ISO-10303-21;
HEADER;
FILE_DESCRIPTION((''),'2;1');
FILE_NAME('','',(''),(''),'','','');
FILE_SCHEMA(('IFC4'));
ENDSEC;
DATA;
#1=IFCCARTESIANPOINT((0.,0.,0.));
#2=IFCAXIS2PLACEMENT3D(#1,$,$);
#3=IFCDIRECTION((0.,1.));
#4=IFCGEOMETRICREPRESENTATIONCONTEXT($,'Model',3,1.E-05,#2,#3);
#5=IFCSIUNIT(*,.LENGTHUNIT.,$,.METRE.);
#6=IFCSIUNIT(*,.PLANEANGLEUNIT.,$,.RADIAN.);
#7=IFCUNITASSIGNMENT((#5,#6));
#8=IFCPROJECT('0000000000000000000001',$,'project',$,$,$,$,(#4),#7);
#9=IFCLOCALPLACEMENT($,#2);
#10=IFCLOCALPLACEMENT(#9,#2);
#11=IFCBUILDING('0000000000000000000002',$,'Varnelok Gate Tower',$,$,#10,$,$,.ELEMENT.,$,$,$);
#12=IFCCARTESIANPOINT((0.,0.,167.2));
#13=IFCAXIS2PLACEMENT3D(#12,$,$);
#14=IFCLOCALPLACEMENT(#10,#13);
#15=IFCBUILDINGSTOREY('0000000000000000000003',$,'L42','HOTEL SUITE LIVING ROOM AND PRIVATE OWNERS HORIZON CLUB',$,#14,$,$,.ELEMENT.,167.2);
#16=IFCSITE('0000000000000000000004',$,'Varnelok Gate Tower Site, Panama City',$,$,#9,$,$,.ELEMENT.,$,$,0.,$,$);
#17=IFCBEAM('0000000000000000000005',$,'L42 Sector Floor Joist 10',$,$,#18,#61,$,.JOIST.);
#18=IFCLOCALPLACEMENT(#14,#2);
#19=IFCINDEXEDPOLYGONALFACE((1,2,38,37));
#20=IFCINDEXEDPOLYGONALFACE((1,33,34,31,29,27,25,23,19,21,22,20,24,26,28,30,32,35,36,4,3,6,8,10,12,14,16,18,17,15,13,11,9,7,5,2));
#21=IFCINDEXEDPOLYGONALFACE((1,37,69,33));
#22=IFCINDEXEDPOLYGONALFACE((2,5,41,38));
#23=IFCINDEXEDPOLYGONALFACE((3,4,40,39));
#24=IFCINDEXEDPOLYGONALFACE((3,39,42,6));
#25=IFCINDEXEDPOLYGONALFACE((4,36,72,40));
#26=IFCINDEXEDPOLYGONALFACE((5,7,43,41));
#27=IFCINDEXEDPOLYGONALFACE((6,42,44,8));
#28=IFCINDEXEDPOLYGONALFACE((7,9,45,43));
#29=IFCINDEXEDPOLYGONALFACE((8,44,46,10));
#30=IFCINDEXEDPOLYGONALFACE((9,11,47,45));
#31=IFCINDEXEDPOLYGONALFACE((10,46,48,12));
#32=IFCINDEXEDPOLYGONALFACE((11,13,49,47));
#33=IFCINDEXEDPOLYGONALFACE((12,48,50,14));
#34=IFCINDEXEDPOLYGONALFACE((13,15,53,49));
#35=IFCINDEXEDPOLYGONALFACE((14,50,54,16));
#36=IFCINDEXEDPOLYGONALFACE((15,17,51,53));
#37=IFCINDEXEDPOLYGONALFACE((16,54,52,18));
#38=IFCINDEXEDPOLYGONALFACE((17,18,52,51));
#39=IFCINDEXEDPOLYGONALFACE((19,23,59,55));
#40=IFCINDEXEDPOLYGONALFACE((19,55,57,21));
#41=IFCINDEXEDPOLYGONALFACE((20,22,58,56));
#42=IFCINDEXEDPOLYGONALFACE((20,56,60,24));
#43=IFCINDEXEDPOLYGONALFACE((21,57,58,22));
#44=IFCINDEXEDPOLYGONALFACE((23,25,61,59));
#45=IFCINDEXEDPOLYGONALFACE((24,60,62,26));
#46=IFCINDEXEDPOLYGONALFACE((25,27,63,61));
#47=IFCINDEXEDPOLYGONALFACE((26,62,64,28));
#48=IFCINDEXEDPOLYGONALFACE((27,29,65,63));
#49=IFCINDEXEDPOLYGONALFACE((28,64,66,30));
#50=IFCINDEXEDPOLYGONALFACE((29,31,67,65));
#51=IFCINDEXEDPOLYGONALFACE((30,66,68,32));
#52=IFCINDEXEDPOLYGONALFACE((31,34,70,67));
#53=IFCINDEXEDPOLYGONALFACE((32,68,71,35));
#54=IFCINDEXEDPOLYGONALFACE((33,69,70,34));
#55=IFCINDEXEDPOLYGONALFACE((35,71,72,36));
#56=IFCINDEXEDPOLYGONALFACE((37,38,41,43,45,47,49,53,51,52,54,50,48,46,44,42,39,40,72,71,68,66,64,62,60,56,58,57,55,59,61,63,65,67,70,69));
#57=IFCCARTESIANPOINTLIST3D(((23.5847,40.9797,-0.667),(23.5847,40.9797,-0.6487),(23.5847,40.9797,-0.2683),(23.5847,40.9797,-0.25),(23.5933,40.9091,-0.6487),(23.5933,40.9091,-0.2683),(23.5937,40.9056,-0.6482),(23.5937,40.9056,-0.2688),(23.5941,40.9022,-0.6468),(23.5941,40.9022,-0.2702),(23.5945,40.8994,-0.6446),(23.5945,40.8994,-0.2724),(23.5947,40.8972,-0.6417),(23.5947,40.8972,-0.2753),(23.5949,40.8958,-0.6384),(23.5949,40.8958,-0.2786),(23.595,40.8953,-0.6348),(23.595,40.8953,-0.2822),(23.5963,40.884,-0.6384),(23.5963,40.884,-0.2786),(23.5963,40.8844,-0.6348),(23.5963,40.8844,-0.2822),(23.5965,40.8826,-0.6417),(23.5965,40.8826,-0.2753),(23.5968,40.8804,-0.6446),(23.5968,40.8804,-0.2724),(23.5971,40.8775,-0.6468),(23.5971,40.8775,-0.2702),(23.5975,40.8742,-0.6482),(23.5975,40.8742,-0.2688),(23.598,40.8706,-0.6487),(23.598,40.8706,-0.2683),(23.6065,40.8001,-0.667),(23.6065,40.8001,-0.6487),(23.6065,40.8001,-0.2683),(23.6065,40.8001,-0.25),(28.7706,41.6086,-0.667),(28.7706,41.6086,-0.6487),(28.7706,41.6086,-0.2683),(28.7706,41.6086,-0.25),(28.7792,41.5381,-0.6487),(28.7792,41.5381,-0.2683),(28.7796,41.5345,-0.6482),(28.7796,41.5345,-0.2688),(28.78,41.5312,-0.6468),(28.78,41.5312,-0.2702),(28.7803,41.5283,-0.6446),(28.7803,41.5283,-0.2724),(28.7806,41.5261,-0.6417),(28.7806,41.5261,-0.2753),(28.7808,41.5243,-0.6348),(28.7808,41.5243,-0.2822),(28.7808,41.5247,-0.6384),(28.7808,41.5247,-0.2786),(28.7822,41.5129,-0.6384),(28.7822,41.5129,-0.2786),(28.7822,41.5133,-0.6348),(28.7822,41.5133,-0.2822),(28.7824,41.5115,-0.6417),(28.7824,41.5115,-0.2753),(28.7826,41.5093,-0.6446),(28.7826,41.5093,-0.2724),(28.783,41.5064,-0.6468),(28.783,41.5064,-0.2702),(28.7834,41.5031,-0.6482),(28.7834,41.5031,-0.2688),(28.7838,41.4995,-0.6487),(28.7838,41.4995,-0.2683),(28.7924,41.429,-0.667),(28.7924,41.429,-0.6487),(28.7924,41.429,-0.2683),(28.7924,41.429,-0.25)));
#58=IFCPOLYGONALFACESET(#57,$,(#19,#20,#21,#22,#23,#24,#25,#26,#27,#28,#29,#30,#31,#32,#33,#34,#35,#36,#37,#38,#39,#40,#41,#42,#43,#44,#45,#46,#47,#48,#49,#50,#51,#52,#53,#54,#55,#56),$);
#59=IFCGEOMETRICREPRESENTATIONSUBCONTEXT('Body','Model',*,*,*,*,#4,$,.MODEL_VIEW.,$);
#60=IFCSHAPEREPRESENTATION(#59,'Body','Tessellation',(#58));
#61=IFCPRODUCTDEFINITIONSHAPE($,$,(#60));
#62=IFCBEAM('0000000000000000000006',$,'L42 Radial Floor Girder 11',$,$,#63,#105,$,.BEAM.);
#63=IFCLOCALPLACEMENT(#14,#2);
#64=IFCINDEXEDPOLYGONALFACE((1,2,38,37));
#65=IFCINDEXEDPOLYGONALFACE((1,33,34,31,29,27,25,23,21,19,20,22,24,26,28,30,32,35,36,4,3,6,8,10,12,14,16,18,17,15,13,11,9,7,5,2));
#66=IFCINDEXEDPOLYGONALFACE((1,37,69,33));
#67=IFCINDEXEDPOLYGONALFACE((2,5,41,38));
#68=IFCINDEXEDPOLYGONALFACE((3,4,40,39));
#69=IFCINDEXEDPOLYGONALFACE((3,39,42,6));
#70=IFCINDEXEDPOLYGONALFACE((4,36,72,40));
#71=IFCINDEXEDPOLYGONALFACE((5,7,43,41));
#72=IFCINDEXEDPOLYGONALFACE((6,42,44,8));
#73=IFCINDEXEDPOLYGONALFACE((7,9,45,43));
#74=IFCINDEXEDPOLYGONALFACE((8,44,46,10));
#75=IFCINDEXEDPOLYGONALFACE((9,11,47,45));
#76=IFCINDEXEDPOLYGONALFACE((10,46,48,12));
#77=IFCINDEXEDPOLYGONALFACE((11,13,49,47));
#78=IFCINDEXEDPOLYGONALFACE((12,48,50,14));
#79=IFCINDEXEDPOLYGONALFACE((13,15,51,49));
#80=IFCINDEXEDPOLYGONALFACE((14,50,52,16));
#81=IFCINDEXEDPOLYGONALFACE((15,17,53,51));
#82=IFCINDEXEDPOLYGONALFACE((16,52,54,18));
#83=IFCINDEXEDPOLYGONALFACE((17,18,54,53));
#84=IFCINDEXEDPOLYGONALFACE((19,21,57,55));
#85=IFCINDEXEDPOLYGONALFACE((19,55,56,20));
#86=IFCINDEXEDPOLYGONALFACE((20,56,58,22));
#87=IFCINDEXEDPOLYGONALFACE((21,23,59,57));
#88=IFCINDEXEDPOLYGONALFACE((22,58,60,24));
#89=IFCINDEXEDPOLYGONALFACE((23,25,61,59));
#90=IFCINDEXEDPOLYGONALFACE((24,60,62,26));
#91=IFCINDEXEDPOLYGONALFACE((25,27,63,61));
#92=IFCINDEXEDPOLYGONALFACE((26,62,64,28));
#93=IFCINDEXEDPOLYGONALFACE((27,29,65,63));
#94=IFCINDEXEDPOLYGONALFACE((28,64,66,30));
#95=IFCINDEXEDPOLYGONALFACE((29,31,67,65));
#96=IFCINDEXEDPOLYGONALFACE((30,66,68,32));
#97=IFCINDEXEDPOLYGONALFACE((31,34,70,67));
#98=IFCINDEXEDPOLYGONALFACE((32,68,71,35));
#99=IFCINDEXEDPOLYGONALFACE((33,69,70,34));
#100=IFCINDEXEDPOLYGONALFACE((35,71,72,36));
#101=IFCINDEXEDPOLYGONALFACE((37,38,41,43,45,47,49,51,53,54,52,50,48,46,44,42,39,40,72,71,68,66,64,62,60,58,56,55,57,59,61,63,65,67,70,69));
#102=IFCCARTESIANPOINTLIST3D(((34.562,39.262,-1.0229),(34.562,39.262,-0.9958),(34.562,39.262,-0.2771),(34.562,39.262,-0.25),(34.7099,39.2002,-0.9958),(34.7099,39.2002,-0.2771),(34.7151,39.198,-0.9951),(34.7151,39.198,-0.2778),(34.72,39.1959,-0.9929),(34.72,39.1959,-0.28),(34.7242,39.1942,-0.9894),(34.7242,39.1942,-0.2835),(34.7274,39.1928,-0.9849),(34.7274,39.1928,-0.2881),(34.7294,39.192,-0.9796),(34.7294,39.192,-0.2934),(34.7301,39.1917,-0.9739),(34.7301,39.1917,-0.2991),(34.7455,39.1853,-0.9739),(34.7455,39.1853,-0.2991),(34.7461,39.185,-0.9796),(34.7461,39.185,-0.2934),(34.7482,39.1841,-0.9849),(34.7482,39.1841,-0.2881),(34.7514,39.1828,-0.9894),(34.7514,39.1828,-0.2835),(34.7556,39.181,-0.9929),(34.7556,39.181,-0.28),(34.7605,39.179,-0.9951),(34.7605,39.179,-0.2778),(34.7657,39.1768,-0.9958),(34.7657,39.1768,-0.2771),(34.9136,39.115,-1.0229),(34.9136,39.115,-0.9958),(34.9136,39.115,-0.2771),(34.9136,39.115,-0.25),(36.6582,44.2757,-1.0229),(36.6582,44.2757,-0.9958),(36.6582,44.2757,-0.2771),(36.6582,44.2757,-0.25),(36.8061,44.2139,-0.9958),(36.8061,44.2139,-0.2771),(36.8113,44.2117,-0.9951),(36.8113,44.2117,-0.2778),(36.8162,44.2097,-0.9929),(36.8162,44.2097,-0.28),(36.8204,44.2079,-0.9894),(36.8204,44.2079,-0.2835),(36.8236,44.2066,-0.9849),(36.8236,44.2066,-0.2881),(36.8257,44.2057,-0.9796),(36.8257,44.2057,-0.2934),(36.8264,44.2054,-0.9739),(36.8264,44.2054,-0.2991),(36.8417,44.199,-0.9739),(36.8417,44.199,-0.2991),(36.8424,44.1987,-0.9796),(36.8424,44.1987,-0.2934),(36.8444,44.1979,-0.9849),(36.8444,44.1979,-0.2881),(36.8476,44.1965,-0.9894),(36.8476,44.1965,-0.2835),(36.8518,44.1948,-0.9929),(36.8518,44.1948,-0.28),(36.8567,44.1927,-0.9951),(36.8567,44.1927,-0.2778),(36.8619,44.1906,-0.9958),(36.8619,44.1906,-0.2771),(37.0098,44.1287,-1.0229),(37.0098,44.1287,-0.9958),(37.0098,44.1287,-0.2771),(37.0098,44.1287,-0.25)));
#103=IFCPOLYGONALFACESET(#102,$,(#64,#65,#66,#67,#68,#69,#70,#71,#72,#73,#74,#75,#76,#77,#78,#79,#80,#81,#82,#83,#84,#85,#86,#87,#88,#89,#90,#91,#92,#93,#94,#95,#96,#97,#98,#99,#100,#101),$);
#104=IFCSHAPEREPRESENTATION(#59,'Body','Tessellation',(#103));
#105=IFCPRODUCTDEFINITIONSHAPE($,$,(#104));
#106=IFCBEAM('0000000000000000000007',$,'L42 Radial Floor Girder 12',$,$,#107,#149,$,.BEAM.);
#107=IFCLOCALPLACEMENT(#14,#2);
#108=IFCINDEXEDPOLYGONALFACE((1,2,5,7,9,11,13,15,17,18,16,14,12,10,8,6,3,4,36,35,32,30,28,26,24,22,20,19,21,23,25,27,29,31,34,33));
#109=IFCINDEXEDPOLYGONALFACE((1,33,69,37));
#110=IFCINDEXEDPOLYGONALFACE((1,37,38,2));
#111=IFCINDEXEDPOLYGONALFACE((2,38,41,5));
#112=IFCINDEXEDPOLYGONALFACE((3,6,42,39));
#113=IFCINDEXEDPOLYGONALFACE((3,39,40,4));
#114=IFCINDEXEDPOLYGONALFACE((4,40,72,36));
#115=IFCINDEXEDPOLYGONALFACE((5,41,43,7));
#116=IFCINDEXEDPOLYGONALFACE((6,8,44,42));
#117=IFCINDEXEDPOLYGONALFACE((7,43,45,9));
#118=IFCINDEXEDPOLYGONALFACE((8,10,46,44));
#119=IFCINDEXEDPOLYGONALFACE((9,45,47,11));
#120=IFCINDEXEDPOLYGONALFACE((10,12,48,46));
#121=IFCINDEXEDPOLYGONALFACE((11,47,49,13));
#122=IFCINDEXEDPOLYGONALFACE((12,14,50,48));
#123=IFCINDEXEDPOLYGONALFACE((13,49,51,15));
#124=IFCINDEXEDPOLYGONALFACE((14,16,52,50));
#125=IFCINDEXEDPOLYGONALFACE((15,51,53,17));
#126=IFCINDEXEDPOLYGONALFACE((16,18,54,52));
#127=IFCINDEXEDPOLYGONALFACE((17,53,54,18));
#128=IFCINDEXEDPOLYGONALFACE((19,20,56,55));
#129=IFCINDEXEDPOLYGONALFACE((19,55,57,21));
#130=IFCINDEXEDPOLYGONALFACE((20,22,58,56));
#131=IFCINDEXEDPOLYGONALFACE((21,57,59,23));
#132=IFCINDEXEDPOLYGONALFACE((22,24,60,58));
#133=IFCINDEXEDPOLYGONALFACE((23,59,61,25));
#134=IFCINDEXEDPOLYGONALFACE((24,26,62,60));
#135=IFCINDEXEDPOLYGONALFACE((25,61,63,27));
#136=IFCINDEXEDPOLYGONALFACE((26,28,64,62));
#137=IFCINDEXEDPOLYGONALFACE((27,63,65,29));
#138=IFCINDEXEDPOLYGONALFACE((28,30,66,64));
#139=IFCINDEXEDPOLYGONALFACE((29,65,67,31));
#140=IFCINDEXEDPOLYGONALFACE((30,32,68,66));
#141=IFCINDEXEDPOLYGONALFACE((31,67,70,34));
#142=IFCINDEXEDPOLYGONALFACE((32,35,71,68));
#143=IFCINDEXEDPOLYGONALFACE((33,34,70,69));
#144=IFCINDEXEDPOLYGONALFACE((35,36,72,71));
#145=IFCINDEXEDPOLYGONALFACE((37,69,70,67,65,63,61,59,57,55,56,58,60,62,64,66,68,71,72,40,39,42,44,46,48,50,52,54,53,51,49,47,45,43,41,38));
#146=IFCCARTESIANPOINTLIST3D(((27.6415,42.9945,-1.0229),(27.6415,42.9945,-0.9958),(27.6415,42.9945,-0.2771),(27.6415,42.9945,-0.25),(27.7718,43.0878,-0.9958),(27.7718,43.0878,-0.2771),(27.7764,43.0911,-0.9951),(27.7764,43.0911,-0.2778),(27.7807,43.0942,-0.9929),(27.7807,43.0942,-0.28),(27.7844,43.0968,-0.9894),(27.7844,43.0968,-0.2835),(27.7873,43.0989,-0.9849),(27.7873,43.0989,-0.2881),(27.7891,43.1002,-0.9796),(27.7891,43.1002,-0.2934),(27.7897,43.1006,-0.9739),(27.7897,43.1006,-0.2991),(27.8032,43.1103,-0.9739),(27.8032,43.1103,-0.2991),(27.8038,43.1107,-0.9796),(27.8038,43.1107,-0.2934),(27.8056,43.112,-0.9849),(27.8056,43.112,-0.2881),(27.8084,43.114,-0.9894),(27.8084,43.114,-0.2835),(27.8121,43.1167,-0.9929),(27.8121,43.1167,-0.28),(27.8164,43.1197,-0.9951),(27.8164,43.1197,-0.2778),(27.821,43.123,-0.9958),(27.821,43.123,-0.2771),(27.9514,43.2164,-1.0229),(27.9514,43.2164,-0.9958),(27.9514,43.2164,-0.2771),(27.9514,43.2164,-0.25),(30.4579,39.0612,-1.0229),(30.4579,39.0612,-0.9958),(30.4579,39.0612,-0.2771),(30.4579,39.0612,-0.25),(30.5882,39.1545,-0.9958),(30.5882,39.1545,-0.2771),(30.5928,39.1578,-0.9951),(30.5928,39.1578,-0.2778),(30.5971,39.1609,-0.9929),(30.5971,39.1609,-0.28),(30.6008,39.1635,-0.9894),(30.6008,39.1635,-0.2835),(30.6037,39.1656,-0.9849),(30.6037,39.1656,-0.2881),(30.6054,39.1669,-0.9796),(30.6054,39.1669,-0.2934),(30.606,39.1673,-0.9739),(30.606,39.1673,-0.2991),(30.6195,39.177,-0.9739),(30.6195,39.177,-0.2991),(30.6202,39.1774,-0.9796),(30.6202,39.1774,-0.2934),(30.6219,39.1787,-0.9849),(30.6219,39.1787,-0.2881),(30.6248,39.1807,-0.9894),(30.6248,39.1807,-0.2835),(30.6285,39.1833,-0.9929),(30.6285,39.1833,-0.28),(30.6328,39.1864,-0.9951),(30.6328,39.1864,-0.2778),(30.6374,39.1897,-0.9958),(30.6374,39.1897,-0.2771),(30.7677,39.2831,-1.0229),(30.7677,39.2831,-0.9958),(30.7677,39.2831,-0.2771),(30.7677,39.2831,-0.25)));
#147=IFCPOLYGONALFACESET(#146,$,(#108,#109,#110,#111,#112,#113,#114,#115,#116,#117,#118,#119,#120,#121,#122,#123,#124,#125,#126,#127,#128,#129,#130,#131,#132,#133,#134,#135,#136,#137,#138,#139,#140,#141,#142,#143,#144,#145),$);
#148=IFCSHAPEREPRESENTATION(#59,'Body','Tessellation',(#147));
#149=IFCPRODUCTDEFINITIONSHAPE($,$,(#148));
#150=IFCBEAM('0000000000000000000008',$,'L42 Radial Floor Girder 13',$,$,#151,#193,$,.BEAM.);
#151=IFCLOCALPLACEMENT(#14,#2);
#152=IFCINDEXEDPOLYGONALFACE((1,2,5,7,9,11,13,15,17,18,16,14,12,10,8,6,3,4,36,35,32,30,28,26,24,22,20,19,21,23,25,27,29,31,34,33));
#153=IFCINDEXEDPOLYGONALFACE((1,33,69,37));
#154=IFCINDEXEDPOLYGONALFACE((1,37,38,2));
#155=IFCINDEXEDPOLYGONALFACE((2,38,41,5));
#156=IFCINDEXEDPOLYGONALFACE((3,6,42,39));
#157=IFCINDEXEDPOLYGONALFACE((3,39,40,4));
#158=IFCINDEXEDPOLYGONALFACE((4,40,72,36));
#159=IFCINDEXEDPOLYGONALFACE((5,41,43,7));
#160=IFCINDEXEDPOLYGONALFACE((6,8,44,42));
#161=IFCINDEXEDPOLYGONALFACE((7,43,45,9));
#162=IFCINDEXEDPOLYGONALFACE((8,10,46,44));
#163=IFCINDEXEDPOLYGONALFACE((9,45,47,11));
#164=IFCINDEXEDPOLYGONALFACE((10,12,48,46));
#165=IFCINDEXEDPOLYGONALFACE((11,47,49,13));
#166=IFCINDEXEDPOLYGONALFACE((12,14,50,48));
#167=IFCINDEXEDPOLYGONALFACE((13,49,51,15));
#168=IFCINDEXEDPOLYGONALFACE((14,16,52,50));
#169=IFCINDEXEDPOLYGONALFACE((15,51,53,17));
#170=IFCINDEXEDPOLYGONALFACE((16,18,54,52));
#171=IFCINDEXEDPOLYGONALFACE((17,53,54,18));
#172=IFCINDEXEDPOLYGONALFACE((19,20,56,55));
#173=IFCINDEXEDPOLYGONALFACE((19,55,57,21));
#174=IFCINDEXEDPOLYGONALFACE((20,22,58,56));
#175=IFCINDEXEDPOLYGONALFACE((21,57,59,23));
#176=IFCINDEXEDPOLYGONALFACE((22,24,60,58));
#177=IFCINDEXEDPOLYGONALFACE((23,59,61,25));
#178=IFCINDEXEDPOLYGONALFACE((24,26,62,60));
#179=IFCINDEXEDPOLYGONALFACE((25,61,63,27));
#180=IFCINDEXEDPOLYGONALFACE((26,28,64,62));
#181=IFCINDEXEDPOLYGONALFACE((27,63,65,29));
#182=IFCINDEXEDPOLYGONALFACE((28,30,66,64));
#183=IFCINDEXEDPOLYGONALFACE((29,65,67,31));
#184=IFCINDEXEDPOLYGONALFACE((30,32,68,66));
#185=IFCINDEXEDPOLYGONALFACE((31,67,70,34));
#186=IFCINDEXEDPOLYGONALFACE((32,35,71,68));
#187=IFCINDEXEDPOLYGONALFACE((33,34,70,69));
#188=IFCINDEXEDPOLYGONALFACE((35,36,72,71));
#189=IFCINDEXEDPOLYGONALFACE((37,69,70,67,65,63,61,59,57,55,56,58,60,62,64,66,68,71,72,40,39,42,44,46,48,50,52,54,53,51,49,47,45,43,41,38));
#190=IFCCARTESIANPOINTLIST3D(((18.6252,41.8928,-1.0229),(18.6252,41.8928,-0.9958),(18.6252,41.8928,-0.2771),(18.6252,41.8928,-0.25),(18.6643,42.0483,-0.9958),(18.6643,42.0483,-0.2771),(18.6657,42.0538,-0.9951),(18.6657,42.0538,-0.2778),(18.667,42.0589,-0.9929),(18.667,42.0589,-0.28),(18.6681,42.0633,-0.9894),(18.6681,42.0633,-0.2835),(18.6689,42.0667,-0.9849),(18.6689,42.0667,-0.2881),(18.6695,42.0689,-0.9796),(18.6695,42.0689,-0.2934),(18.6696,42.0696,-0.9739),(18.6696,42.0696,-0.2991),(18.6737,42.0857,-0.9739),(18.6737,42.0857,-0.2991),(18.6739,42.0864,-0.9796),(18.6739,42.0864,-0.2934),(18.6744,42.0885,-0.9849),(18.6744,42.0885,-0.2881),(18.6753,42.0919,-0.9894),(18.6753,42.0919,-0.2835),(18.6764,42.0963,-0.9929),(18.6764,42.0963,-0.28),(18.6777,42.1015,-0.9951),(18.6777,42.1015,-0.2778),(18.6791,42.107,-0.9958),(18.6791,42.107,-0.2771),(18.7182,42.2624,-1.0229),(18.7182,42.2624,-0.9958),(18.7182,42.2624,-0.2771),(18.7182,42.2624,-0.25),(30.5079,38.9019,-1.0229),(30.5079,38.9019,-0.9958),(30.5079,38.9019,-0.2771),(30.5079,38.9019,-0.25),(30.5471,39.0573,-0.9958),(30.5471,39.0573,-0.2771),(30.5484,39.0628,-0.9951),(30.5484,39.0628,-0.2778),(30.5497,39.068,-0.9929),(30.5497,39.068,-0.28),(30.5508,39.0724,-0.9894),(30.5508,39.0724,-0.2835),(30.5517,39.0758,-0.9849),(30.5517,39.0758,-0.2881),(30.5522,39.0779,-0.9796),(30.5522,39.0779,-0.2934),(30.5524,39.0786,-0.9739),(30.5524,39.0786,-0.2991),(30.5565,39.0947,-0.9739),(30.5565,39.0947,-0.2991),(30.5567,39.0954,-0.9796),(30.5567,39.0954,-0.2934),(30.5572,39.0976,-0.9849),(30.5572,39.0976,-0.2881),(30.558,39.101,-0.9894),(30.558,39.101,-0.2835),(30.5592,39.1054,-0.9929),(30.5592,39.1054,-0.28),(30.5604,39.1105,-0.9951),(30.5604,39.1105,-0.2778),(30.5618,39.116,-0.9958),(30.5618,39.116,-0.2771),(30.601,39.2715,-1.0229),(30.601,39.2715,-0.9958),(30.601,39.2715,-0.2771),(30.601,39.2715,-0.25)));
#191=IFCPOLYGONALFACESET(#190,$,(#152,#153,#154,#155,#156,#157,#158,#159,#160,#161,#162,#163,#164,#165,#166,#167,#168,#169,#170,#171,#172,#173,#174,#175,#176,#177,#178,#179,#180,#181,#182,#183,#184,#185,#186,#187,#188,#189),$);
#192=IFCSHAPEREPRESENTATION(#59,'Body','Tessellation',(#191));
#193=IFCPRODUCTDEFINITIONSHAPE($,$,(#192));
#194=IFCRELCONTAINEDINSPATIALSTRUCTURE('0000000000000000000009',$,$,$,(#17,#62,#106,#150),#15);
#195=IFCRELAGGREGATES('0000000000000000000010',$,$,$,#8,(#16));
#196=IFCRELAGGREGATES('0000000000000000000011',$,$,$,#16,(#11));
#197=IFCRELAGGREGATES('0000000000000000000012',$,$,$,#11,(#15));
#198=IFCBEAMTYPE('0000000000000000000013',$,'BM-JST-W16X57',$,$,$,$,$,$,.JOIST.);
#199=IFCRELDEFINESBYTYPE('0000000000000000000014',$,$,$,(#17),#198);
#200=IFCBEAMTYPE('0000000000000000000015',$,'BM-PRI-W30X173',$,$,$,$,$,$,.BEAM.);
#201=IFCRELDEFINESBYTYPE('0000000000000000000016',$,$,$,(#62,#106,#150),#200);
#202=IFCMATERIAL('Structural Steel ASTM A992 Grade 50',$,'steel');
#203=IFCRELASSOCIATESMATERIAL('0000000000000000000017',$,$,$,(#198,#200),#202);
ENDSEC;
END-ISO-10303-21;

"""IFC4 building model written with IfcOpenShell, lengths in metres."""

from ifc_helpers import new_model, si_unit, direction, frame, origin, origin_2d, place, context, subcontext, project, spatial, i_section, extrude, material, material_profile, profile_set, type_object, element, save


model = new_model("IFC4")

# Units and contexts
model_context = context("Model", 3, precision=1e-05, world=origin(), true_north=direction((0.0, 1.0)))
body_context = subcontext(model_context, "Body", "Model", "MODEL_VIEW")
ifc_project = project(units=[si_unit("LENGTHUNIT", "METRE"), si_unit("PLANEANGLEUNIT", "RADIAN")], contexts=[model_context])

# Site, building, storey
site_placement = place(None, origin())
site = spatial("IfcSite", under=ifc_project, at=site_placement, Name="Varnelok Gate Tower Site, Panama City", CompositionType="ELEMENT", RefElevation=0.0)
building_placement = place(site_placement, origin())
building = spatial("IfcBuilding", under=site, at=building_placement, Name="Varnelok Gate Tower", CompositionType="ELEMENT")
storey_placement = place(building_placement, frame((0.0, 0.0, 167.2)))
storey = spatial("IfcBuildingStorey", under=building, at=storey_placement, Name="L42", Description="HOTEL SUITE LIVING ROOM AND PRIVATE OWNERS HORIZON CLUB", CompositionType="ELEMENT", Elevation=167.2)

# Shared definitions
ifc_material_1 = material(Name="Structural Steel ASTM A992 Grade 50", Category="steel")

# Beams
ifc_material_profile_1 = material_profile(ifc_material_1, i_section(OverallWidth=0.1809, OverallDepth=0.417, WebThickness=0.011, FlangeThickness=0.0183, FilletRadius=0.0139, at=origin_2d()), Name="W16X57")
ifc_profile_set_1 = profile_set([ifc_material_profile_1], Name="Structural Steel ASTM A992 Grade 50")
beam_type_1 = type_object("IfcBeamType", Name="BM-JST-W16X57", PredefinedType="JOIST", material=ifc_profile_set_1)
beam_1_placement = place(storey_placement, frame((28.7815, 41.5188, -0.4585), z_axis=(-0.992726, -0.120393, 0.0), x_axis=(0.120393, -0.992726, 0.0)))
element("IfcBeam", 1, at=beam_1_placement, inside=storey, type_object=beam_type_1, Name="L42 Sector Floor Joist 10", PredefinedType="JOIST", context=body_context, shape_type="SweptSolid", body=[
    extrude(i_section(OverallWidth=0.1809, OverallDepth=0.417, WebThickness=0.011, FlangeThickness=0.0183, FilletRadius=0.0139, at=origin_2d()), origin(), (0.0, 0.0, 1.0), 5.2239),
])
ifc_material_profile_2 = material_profile(ifc_material_1, i_section(OverallWidth=0.3811, OverallDepth=0.7729, WebThickness=0.0166, FlangeThickness=0.0271, FilletRadius=0.022, at=origin_2d()), Name="W30X173")
ifc_profile_set_2 = profile_set([ifc_material_profile_2], Name="Structural Steel ASTM A992 Grade 50")
beam_type_2 = type_object("IfcBeamType", Name="BM-PRI-W30X173", PredefinedType="BEAM", material=ifc_profile_set_2)
beam_2_placement = place(storey_placement, frame((34.7378, 39.1885, -0.6365), z_axis=(0.385738, 0.922608, 0.0), x_axis=(-0.922608, 0.385738, 0.0)))
element("IfcBeam", 2, at=beam_2_placement, inside=storey, type_object=beam_type_2, Name="L42 Radial Floor Girder 11", PredefinedType="BEAM", context=body_context, shape_type="SweptSolid", body=[
    extrude(i_section(OverallWidth=0.3811, OverallDepth=0.7729, WebThickness=0.0166, FlangeThickness=0.0271, FilletRadius=0.022, at=origin_2d()), origin(), (0.0, 0.0, 1.0), 5.4343),
])
beam_3_placement = place(storey_placement, frame((30.6128, 39.1721, -0.6365), z_axis=(-0.582178, 0.813061, 0.0), x_axis=(-0.813061, -0.582178, 0.0)))
element("IfcBeam", 3, at=beam_3_placement, inside=storey, type_object=beam_type_2, Name="L42 Radial Floor Girder 12", PredefinedType="BEAM", context=body_context, shape_type="SweptSolid", body=[
    extrude(i_section(OverallWidth=0.3811, OverallDepth=0.7729, WebThickness=0.0166, FlangeThickness=0.0271, FilletRadius=0.022, at=origin_2d()), origin(), (0.0, 0.0, 1.0), 4.8376),
])
beam_4_placement = place(storey_placement, frame((30.5544, 39.0867, -0.6365), z_axis=(-0.969752, 0.244092, 0.0), x_axis=(-0.244092, -0.969752, 0.0)))
element("IfcBeam", 4, at=beam_4_placement, inside=storey, type_object=beam_type_2, Name="L42 Radial Floor Girder 13", PredefinedType="BEAM", context=body_context, shape_type="SweptSolid", body=[
    extrude(i_section(OverallWidth=0.3811, OverallDepth=0.7729, WebThickness=0.0166, FlangeThickness=0.0271, FilletRadius=0.022, at=origin_2d()), origin(), (0.0, 0.0, 1.0), 12.2534),
])

save(model, "model.ifc")
